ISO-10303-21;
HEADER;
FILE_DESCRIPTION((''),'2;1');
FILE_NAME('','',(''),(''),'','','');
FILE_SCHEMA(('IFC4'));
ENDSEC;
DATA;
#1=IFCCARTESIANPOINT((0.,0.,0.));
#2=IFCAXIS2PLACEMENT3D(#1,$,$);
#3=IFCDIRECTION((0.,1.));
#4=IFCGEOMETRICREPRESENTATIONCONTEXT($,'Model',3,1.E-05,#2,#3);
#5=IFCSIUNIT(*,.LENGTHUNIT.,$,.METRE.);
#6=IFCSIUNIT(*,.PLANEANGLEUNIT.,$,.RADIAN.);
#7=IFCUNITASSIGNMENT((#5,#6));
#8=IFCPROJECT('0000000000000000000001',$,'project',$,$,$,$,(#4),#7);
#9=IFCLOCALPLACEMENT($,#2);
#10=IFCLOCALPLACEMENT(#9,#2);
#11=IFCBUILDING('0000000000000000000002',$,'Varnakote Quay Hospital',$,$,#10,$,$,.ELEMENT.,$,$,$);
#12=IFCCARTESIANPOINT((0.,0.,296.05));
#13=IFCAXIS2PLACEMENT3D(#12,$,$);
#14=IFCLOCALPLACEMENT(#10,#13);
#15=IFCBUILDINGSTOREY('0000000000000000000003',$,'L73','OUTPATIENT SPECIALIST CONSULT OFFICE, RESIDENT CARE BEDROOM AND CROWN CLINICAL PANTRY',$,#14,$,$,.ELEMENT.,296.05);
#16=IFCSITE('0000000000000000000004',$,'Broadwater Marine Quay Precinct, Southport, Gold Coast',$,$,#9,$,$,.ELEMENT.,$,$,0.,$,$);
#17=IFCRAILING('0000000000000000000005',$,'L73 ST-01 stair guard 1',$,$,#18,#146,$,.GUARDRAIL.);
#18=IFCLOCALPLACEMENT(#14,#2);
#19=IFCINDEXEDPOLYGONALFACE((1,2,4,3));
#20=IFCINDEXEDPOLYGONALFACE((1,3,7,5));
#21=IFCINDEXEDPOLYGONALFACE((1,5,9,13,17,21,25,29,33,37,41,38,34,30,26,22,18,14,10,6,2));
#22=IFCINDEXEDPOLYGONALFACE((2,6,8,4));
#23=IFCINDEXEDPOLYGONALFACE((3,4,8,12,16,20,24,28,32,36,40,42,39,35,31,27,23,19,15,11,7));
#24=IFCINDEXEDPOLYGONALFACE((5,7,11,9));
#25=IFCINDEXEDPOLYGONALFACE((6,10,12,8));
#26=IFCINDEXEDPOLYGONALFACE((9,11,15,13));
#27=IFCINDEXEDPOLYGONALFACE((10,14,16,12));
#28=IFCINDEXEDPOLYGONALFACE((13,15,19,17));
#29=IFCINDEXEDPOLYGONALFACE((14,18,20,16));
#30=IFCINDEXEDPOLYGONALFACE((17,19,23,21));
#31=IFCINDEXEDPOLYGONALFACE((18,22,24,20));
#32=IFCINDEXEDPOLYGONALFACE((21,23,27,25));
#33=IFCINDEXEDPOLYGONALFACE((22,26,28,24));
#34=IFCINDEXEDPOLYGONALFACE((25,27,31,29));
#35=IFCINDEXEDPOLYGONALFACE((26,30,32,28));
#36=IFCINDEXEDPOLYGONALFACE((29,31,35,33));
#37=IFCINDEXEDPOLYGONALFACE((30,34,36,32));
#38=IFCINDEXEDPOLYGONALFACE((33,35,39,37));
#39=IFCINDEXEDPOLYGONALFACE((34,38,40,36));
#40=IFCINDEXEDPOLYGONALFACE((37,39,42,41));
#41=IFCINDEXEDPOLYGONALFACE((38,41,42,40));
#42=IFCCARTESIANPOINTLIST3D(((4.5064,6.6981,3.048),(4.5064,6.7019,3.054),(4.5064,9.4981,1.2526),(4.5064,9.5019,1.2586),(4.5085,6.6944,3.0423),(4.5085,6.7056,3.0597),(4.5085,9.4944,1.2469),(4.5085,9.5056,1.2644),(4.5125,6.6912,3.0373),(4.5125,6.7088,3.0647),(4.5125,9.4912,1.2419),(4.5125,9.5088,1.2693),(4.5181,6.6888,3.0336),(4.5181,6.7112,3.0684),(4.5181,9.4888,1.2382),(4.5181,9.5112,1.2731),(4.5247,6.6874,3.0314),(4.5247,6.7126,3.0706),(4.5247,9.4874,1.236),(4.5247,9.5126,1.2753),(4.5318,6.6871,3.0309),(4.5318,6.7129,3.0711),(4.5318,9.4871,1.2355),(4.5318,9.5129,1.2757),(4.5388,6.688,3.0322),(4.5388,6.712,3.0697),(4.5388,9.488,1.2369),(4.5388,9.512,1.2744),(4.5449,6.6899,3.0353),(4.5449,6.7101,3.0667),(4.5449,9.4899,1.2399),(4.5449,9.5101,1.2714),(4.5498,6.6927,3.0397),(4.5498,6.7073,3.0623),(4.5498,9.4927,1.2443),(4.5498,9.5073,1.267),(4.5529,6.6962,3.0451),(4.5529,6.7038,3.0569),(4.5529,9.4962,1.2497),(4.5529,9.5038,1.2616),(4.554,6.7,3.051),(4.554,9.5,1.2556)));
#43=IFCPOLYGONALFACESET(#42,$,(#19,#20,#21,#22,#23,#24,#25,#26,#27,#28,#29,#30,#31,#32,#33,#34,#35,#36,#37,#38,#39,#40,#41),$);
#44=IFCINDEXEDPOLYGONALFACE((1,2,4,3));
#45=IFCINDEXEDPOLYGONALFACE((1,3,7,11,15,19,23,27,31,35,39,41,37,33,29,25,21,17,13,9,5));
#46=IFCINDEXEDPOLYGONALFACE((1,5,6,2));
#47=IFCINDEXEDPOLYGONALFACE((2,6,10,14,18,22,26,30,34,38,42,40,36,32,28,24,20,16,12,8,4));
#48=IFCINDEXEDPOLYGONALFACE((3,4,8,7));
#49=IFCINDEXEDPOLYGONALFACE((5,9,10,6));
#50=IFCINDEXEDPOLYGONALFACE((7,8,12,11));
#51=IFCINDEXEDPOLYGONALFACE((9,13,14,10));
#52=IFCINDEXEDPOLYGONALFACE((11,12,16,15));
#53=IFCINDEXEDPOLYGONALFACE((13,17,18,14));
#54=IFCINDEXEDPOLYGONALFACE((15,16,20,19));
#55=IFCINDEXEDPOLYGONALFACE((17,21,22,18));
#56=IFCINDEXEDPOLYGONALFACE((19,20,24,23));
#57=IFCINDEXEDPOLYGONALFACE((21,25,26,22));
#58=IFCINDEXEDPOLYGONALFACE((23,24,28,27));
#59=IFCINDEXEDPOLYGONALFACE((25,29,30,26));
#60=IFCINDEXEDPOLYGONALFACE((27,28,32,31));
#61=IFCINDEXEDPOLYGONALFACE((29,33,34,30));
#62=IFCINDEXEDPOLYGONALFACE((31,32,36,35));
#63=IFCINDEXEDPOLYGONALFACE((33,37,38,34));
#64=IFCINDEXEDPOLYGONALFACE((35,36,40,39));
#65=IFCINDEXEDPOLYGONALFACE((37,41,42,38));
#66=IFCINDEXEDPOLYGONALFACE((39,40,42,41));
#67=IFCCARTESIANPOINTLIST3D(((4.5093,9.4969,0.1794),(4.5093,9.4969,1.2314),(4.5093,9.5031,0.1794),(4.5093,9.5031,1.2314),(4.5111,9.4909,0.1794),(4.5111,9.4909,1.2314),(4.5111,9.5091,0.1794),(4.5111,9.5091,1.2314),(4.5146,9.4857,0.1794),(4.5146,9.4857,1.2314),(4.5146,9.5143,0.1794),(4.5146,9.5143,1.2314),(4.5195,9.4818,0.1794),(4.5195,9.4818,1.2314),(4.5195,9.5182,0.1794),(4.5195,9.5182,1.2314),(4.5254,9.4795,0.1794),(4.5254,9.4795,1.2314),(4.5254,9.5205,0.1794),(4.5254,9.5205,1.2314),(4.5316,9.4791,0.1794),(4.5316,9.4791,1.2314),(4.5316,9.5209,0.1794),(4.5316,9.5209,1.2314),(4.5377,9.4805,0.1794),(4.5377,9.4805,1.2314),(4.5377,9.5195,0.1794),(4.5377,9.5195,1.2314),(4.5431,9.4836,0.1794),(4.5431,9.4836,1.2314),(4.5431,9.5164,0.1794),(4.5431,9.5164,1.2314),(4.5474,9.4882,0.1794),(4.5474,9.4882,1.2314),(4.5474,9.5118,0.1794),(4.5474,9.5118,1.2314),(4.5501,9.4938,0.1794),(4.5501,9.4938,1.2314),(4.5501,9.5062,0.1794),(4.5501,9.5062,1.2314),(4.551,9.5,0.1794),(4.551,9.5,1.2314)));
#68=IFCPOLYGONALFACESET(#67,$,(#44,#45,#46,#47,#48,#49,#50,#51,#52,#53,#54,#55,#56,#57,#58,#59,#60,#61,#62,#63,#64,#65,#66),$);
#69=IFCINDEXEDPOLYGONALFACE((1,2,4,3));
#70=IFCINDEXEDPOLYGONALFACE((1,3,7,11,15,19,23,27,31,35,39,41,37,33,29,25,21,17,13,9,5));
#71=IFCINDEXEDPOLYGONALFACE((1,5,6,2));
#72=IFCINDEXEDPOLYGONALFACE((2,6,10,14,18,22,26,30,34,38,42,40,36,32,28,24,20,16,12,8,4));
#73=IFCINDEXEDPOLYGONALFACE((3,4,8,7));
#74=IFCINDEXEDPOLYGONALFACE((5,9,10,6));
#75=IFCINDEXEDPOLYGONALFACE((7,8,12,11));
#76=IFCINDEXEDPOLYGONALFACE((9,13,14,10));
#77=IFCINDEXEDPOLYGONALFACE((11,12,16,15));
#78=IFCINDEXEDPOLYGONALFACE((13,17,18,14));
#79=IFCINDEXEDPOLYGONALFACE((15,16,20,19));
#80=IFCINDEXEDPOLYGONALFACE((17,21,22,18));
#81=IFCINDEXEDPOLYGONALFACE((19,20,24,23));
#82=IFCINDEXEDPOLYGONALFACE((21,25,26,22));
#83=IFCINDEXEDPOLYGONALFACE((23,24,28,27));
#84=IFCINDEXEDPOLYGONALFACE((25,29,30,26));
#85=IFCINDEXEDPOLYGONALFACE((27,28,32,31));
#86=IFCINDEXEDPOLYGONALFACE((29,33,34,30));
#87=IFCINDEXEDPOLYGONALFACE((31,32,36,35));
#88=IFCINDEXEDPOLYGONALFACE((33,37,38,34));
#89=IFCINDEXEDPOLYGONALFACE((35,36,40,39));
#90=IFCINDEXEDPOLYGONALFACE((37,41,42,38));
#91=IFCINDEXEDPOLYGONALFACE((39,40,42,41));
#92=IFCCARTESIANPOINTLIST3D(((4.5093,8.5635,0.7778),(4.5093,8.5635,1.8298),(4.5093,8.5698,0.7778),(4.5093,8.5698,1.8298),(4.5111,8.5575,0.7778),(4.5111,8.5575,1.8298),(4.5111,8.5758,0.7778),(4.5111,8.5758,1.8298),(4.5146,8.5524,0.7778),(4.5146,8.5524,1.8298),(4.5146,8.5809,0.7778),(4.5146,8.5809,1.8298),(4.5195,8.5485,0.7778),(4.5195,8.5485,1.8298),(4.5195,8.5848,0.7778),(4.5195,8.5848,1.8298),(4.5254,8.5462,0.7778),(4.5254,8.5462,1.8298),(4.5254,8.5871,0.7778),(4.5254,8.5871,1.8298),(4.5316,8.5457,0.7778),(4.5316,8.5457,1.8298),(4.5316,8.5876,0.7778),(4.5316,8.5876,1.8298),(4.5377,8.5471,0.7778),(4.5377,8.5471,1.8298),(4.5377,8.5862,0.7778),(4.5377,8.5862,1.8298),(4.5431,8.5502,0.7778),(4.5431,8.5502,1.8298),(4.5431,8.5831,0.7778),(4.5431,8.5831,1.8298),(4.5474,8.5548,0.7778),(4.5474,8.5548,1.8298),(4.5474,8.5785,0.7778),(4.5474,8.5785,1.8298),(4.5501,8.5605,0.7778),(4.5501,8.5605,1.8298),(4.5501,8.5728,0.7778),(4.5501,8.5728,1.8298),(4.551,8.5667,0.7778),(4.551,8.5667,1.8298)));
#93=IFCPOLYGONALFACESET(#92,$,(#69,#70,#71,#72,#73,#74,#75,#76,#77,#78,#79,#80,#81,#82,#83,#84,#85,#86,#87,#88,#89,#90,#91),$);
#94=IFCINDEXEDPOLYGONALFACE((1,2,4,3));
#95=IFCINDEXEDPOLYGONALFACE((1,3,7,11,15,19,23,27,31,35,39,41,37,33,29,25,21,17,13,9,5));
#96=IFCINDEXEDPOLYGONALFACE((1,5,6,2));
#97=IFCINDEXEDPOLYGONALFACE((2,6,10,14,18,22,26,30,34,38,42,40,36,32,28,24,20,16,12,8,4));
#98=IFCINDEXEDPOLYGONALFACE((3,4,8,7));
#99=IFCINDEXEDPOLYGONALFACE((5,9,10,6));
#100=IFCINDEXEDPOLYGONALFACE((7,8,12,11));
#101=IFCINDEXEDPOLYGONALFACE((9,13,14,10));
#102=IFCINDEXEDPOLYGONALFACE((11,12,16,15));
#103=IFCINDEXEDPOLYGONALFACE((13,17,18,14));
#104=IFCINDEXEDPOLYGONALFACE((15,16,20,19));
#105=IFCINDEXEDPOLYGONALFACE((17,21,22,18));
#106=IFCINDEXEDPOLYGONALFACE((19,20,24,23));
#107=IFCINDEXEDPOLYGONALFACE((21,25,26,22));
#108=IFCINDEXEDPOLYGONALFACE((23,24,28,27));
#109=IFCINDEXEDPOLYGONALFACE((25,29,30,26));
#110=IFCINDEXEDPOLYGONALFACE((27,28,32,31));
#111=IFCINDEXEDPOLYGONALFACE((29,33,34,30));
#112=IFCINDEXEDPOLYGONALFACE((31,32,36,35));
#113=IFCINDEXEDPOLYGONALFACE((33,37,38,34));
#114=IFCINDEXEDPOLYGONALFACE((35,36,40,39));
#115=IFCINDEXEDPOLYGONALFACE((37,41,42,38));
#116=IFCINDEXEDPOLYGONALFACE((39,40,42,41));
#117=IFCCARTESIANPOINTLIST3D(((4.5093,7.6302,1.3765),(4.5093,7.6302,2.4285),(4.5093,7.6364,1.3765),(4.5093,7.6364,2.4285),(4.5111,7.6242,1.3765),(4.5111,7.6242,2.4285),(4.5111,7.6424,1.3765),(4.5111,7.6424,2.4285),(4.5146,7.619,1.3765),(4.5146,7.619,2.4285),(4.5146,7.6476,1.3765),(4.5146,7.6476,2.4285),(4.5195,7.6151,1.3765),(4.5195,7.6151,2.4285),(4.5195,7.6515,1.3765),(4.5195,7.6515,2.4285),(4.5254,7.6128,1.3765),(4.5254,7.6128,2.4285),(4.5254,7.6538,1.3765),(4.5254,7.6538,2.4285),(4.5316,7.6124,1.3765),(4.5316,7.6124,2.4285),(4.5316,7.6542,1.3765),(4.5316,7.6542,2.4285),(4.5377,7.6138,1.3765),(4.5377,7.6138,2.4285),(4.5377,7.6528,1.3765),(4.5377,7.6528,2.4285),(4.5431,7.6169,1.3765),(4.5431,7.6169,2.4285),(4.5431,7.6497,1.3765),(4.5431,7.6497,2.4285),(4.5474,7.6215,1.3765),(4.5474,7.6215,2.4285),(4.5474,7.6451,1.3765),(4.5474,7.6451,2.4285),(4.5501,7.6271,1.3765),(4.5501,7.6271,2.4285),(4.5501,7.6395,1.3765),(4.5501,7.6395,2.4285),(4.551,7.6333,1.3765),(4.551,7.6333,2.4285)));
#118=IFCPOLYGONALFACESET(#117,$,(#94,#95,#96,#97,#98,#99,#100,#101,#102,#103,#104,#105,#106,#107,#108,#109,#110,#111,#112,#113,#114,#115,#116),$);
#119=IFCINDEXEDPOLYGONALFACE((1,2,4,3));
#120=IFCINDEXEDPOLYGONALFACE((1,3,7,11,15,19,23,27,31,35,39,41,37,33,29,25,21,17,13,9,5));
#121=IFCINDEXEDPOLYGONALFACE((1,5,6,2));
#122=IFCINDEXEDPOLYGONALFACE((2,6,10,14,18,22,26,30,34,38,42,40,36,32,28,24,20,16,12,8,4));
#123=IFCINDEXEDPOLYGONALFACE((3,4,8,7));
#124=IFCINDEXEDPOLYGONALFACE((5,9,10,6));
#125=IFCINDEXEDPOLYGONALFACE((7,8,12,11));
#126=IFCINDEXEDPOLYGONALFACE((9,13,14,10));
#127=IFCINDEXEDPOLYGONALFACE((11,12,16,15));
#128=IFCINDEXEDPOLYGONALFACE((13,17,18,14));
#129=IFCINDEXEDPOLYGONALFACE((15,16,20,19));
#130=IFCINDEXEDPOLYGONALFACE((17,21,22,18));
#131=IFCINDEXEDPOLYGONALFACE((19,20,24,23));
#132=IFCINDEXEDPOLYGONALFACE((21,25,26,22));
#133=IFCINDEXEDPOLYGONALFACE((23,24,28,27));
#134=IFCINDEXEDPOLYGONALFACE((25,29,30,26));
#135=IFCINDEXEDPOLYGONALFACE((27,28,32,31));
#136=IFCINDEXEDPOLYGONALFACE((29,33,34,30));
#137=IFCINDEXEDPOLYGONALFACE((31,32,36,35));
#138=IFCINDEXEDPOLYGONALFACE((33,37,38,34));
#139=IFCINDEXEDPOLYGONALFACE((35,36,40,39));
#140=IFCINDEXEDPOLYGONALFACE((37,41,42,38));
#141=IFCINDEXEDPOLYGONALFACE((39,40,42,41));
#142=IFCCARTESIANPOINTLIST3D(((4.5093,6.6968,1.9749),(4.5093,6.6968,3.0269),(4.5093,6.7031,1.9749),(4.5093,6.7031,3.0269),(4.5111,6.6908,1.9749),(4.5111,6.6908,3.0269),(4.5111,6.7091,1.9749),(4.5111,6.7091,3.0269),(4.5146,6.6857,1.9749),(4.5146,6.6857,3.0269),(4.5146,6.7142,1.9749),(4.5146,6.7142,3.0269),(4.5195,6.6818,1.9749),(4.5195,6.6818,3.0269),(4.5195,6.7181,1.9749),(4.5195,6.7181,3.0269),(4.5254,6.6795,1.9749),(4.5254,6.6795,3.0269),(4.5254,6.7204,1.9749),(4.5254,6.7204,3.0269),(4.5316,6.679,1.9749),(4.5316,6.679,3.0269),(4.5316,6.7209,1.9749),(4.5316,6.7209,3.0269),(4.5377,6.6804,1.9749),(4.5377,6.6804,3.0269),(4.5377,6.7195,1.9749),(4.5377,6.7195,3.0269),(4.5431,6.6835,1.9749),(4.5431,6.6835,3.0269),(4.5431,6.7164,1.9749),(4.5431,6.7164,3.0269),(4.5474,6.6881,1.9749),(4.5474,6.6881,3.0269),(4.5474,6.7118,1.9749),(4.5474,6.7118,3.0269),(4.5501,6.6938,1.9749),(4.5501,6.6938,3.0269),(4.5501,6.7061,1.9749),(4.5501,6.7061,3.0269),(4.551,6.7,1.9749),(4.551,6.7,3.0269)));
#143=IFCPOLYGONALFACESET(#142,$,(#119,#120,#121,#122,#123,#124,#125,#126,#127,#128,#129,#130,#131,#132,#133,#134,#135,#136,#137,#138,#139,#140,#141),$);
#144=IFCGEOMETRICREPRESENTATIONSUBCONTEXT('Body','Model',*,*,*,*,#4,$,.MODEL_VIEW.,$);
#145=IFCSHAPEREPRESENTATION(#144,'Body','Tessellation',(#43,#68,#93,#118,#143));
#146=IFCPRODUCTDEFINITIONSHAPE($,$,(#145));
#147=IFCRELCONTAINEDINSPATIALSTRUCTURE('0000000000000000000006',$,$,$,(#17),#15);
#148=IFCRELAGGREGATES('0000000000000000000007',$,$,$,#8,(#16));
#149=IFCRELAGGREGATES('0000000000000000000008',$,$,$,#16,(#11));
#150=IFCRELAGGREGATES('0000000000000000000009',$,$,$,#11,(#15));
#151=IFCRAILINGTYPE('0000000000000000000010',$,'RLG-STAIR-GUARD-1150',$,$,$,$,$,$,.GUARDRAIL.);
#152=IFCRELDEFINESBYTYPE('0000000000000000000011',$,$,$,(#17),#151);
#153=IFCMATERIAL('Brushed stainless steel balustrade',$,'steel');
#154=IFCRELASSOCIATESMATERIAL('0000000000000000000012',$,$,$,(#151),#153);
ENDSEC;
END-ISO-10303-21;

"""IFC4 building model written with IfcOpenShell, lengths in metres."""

from ifc_helpers import new_model, si_unit, direction, frame, origin, origin_2d, place, context, subcontext, project, spatial, circle, extrude, material, type_object, element, save


model = new_model("IFC4")

# Units and contexts
model_context = context("Model", 3, precision=1e-05, world=origin(), true_north=direction((0.0, 1.0)))
body_context = subcontext(model_context, "Body", "Model", "MODEL_VIEW")
ifc_project = project(units=[si_unit("LENGTHUNIT", "METRE"), si_unit("PLANEANGLEUNIT", "RADIAN")], contexts=[model_context])

# Site, building, storey
site_placement = place(None, origin())
site = spatial("IfcSite", under=ifc_project, at=site_placement, Name="Broadwater Marine Quay Precinct, Southport, Gold Coast", CompositionType="ELEMENT", RefElevation=0.0)
building_placement = place(site_placement, origin())
building = spatial("IfcBuilding", under=site, at=building_placement, Name="Varnakote Quay Hospital", CompositionType="ELEMENT")
storey_placement = place(building_placement, frame((0.0, 0.0, 296.05)))
storey = spatial("IfcBuildingStorey", under=building, at=storey_placement, Name="L73", Description="OUTPATIENT SPECIALIST CONSULT OFFICE, RESIDENT CARE BEDROOM AND CROWN CLINICAL PANTRY", CompositionType="ELEMENT", Elevation=296.05)

# Railing
ifc_material_1 = material(Name="Brushed stainless steel balustrade", Category="steel")
railing_type_1 = type_object("IfcRailingType", Name="RLG-STAIR-GUARD-1150", PredefinedType="GUARDRAIL", material=ifc_material_1)
railing_1_placement = place(storey_placement, frame((4.53, 9.5, 0.1794)))
element("IfcRailing", 1, at=railing_1_placement, inside=storey, type_object=railing_type_1, Name="L73 ST-01 stair guard 1", PredefinedType="GUARDRAIL", context=body_context, shape_type="SweptSolid", body=[
    extrude(circle(Radius=0.0239, at=origin_2d()), frame((0.0, 0.0, 1.0762), z_axis=(0.0, -0.84181, 0.539774), x_axis=(1.0, 0.0, 0.0)), (0.0, 0.0, 1.0), 3.3262),
    extrude(circle(Radius=0.021, at=origin_2d()), origin(), (0.0, 0.0, 1.0), 1.052),
    extrude(circle(Radius=0.021, at=origin_2d()), frame((0.0, -0.9333, 0.5984)), (0.0, 0.0, 1.0), 1.052),
    extrude(circle(Radius=0.021, at=origin_2d()), frame((0.0, -1.8667, 1.197)), (0.0, 0.0, 1.0), 1.052),
    extrude(circle(Radius=0.021, at=origin_2d()), frame((0.0, -2.8, 1.7954)), (0.0, 0.0, 1.0), 1.052),
])

save(model, "model.ifc")
